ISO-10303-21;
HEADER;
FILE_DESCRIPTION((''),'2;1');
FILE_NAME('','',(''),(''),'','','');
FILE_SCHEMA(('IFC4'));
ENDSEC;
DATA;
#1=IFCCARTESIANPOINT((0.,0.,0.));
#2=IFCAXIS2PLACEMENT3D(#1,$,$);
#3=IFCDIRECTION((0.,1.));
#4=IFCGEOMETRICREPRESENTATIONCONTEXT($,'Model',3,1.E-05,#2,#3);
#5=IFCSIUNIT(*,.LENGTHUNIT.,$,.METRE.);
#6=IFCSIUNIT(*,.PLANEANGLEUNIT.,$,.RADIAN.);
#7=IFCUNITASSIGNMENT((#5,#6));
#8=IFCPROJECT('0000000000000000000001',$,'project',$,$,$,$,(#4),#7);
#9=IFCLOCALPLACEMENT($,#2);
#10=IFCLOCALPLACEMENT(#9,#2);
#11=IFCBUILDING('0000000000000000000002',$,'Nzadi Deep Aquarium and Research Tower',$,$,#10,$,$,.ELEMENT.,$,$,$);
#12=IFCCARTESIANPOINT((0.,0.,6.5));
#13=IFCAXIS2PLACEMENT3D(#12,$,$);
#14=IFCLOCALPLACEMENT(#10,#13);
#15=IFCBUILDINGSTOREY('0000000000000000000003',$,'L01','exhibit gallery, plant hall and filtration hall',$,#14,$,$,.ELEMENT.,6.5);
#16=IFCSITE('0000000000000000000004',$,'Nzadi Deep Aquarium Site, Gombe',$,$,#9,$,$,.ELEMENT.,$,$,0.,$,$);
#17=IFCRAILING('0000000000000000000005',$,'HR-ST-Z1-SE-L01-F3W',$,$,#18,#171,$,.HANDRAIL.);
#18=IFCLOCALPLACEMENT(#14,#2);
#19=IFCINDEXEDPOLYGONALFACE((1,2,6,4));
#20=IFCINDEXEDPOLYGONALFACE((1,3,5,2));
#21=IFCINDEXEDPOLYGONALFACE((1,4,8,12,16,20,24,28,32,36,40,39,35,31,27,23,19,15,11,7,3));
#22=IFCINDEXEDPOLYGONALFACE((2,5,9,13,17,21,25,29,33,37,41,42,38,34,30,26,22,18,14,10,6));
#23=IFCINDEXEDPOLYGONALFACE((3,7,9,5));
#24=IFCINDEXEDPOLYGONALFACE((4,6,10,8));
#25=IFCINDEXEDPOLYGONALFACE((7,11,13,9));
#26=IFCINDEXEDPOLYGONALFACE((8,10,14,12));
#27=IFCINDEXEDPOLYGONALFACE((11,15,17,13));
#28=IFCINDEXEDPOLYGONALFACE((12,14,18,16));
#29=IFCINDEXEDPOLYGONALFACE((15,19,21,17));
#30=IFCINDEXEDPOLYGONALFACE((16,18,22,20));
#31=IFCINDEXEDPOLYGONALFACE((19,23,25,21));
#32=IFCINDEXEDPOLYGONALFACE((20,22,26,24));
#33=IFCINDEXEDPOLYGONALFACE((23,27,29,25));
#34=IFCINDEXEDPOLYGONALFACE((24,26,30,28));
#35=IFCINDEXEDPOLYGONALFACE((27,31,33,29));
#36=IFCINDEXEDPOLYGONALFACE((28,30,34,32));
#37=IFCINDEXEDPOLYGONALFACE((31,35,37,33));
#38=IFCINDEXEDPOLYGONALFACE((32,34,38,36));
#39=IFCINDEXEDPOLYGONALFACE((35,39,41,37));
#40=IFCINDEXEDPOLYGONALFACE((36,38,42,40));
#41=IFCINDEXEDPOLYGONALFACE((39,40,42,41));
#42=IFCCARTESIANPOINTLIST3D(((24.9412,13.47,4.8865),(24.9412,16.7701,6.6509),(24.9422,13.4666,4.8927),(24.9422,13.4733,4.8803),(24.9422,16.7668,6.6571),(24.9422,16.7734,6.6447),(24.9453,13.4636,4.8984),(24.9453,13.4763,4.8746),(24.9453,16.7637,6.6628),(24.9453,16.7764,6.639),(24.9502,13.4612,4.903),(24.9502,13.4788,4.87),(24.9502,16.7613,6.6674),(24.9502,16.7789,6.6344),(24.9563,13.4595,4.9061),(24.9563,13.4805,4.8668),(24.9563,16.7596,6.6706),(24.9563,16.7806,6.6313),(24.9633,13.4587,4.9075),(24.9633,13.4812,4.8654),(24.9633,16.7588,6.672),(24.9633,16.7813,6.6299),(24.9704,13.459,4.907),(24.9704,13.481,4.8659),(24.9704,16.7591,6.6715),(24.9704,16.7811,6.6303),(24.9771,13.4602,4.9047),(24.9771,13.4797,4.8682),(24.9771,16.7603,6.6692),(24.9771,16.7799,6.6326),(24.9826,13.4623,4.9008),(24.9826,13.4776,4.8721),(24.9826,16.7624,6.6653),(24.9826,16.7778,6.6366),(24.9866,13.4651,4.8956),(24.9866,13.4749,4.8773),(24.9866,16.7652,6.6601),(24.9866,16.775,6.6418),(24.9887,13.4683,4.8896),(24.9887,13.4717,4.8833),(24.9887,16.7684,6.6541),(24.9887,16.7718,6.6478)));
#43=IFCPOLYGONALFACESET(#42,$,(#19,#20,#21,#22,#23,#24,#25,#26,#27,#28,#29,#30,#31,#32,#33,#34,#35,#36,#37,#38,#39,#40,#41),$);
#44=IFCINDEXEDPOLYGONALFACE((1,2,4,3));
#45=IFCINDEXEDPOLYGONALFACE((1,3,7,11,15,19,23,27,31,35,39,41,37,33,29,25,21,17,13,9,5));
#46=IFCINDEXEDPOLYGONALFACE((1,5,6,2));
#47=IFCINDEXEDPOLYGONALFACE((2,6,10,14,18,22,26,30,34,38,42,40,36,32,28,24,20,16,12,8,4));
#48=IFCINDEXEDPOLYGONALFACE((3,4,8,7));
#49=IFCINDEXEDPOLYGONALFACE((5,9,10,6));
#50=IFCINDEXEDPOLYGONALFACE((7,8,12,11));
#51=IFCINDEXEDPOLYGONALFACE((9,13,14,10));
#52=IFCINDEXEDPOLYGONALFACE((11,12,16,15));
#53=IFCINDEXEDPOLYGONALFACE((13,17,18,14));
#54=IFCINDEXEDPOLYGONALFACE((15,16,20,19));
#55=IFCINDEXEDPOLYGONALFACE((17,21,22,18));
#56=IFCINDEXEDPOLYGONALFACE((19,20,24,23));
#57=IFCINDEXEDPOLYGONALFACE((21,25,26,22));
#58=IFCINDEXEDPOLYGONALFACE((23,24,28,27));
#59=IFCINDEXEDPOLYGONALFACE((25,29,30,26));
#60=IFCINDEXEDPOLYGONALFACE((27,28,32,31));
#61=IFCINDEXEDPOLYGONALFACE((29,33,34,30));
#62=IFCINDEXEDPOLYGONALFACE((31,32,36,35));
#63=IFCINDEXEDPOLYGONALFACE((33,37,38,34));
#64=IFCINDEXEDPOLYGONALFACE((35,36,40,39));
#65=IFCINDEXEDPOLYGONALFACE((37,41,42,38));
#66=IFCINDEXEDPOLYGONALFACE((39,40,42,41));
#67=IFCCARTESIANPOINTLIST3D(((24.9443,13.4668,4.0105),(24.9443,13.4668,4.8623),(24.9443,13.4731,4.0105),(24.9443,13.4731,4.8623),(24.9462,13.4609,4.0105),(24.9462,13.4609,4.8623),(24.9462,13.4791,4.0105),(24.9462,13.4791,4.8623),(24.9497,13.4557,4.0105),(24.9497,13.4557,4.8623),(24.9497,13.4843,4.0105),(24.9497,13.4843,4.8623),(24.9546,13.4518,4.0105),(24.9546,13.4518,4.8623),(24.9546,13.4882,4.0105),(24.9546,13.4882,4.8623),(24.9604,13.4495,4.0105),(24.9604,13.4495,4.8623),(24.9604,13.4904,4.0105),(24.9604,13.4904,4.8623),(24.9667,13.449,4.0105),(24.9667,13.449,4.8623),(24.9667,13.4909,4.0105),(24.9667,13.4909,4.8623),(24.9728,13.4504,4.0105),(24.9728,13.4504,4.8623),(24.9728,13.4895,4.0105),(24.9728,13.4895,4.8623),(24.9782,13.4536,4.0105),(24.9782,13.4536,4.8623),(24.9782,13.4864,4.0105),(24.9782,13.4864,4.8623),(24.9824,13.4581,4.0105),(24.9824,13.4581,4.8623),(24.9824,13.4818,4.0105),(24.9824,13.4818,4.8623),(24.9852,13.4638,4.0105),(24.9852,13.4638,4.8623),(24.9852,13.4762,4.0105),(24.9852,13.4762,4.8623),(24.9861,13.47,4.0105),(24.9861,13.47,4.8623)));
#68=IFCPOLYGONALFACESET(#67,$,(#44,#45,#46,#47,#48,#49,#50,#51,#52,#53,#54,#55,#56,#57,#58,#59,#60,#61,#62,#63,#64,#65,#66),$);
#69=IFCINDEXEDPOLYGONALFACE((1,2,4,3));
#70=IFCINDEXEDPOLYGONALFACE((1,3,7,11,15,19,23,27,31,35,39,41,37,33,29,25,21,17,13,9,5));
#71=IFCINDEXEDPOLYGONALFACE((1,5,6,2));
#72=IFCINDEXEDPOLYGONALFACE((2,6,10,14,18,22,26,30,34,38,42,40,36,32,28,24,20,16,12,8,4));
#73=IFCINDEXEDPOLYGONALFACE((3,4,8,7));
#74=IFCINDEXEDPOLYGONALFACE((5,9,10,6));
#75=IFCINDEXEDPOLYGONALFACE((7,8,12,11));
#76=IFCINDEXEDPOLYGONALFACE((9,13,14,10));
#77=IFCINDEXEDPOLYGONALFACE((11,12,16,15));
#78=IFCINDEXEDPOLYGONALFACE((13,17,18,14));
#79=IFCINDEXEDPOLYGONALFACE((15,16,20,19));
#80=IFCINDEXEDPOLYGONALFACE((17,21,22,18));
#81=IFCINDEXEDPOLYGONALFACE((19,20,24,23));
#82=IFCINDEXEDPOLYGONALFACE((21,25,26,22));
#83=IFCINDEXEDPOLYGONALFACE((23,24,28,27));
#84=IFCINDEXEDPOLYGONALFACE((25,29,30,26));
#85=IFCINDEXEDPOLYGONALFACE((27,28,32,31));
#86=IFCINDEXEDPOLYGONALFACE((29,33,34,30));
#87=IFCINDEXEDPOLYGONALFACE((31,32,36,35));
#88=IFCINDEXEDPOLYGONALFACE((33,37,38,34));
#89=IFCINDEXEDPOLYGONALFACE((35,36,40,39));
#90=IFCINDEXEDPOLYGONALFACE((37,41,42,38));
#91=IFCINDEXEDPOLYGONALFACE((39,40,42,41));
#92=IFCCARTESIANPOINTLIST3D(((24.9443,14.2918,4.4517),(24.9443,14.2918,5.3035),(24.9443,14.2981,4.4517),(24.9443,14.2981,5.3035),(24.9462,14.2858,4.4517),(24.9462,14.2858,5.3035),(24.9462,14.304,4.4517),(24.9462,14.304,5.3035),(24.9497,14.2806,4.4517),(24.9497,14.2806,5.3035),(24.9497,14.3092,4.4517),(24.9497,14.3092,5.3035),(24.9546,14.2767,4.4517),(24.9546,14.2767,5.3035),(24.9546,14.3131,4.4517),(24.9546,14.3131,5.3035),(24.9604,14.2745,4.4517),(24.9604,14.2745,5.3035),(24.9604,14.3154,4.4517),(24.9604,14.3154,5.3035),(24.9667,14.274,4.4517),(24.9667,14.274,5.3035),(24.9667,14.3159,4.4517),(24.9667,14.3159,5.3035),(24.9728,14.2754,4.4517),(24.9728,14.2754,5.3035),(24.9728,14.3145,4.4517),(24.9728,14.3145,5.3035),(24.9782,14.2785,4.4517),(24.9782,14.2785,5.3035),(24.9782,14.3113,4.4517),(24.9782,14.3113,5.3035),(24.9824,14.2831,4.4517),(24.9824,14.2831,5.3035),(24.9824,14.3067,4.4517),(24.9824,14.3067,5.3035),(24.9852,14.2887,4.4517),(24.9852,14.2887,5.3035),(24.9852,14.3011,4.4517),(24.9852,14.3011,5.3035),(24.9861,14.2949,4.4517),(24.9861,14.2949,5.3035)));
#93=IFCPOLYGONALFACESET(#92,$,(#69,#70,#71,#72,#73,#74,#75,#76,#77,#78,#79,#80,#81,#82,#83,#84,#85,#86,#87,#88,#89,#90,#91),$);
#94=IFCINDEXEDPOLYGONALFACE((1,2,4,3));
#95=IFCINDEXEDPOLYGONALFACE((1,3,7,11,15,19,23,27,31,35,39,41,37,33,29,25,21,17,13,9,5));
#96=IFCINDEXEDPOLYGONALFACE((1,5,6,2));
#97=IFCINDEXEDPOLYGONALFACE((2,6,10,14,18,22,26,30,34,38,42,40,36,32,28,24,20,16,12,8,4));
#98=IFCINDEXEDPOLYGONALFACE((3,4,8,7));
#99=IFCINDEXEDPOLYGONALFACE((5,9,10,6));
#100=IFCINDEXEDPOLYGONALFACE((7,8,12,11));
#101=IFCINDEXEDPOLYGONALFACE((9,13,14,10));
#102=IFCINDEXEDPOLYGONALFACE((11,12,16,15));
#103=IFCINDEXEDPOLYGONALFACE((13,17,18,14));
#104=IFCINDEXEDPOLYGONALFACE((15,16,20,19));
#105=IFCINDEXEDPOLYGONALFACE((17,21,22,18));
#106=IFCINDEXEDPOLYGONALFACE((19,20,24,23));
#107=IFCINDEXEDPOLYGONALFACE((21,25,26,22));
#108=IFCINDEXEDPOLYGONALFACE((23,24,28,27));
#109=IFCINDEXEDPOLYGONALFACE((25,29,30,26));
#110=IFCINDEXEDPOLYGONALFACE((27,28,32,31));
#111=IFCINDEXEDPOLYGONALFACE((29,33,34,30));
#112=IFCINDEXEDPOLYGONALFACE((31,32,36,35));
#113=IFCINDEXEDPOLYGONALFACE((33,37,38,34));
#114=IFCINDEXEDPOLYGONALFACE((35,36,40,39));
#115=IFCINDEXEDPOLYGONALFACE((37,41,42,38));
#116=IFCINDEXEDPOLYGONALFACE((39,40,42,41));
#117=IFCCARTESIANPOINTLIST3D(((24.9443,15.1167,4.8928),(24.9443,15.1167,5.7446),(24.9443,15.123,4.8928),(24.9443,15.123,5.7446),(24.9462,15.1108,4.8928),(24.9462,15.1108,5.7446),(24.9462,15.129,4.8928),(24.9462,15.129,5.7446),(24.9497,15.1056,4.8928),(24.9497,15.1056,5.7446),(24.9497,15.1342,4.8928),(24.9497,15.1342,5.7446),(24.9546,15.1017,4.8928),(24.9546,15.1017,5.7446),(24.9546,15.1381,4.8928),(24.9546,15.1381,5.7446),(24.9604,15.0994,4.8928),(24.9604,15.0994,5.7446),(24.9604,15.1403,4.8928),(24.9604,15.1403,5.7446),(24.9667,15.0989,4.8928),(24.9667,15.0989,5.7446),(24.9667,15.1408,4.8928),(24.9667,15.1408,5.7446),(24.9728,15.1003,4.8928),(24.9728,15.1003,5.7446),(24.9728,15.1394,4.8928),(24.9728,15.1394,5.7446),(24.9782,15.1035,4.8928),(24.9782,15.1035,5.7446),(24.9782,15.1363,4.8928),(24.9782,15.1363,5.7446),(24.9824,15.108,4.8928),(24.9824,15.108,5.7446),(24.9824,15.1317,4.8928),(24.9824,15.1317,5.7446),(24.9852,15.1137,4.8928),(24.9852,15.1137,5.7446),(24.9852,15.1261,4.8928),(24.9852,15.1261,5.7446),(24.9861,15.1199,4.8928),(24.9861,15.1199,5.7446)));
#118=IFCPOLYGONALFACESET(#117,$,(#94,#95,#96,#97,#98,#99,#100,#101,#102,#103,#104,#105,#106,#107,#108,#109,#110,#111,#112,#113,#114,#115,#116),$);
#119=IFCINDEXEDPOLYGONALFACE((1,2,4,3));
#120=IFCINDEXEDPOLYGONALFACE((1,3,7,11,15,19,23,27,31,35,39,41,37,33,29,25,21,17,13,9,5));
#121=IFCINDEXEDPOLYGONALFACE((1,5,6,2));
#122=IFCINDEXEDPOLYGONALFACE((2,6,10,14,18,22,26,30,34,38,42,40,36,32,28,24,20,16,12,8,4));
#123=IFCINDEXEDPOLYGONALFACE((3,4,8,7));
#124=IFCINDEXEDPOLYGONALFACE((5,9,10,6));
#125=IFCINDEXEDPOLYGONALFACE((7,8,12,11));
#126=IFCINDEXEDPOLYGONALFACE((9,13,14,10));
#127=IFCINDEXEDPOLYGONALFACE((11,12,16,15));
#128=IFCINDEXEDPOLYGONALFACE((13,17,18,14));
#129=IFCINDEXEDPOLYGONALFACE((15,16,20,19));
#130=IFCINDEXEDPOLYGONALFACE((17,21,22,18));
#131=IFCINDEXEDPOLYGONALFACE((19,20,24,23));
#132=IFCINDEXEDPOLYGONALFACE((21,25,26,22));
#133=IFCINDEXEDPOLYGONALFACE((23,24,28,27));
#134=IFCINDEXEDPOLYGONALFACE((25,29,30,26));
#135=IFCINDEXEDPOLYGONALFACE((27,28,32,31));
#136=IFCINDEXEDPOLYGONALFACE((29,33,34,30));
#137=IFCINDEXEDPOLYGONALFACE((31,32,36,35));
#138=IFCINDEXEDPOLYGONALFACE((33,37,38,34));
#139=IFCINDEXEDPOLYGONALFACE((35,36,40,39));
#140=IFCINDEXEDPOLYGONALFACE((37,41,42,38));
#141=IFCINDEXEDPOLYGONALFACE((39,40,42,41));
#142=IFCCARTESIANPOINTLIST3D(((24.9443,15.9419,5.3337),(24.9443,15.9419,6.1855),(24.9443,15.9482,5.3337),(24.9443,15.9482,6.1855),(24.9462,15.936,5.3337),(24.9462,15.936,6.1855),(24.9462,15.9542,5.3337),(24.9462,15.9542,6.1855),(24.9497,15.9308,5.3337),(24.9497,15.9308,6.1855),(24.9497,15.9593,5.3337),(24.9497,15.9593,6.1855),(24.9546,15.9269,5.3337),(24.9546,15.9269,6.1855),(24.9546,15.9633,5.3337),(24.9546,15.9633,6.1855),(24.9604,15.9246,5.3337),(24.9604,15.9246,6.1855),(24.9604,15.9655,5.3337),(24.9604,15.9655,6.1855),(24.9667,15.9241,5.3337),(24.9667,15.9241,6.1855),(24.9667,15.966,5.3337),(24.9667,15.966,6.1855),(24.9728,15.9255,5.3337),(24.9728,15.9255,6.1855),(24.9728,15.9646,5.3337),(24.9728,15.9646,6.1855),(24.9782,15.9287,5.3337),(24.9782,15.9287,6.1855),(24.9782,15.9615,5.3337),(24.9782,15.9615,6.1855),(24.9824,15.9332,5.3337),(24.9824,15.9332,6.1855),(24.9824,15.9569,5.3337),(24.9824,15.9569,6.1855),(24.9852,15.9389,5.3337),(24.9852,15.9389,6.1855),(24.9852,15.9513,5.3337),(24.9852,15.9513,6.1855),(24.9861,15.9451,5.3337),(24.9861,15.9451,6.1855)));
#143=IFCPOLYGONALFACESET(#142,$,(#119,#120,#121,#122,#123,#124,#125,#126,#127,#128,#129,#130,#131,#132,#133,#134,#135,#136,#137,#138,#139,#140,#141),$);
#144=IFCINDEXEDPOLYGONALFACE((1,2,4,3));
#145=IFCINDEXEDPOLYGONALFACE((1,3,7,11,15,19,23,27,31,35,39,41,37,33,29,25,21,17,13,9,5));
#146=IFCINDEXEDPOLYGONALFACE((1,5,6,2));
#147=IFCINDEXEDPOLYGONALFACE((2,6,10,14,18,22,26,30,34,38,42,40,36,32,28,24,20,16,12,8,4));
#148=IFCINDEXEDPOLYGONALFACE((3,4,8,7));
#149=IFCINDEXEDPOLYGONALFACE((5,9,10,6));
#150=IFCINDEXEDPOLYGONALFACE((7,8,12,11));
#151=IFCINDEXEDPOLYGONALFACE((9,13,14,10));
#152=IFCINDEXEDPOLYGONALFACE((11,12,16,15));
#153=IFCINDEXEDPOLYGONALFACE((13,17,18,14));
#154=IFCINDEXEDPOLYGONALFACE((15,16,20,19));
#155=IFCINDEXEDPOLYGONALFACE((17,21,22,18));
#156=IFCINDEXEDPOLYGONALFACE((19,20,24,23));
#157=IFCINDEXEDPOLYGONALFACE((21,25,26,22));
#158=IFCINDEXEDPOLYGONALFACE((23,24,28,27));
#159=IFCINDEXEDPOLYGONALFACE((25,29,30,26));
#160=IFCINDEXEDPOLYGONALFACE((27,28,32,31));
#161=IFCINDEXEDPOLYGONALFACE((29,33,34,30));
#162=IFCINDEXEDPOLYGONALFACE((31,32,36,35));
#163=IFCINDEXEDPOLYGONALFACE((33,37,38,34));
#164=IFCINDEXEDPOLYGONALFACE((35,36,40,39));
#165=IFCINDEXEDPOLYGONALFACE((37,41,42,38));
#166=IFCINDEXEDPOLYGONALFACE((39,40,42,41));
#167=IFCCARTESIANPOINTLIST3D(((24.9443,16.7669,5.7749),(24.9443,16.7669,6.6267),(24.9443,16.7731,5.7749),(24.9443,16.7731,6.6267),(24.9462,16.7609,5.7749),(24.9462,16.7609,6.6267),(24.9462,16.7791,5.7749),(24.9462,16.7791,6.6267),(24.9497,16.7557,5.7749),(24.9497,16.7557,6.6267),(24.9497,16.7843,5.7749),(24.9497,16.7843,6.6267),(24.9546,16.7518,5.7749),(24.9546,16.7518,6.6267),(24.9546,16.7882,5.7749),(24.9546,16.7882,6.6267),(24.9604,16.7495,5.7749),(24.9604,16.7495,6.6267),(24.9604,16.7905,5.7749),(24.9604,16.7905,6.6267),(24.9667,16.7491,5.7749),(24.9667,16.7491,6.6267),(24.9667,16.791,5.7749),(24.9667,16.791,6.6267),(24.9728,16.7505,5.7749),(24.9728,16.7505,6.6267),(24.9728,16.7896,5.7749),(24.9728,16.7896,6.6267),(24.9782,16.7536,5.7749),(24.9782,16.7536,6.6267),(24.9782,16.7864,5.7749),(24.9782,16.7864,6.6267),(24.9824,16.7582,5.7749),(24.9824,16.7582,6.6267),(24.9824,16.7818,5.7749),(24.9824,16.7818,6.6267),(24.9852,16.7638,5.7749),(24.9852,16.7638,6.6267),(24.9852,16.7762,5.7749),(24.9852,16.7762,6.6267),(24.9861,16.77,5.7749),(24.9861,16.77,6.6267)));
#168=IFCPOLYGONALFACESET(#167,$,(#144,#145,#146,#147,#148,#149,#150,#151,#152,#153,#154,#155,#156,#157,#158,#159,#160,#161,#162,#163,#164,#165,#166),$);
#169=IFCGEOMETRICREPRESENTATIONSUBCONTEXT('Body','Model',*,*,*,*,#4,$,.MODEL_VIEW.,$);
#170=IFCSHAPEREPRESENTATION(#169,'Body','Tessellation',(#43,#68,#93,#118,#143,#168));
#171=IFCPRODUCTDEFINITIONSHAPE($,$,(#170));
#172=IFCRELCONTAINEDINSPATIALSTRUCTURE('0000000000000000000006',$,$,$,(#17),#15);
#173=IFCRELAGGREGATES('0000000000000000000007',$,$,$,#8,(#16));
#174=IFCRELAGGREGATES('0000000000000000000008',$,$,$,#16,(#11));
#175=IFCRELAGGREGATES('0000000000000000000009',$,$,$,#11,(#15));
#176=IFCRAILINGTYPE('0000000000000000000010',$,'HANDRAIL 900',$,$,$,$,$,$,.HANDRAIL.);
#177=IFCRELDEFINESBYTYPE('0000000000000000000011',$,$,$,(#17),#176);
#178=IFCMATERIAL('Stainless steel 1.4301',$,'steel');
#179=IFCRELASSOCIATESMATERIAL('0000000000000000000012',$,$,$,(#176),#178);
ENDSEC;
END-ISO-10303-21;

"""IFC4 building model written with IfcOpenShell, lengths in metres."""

from ifc_helpers import new_model, si_unit, direction, frame, origin, origin_2d, place, context, subcontext, project, spatial, circle, extrude, material, type_object, element, save


model = new_model("IFC4")

# Units and contexts
model_context = context("Model", 3, precision=1e-05, world=origin(), true_north=direction((0.0, 1.0)))
body_context = subcontext(model_context, "Body", "Model", "MODEL_VIEW")
ifc_project = project(units=[si_unit("LENGTHUNIT", "METRE"), si_unit("PLANEANGLEUNIT", "RADIAN")], contexts=[model_context])

# Site, building, storey
site_placement = place(None, origin())
site = spatial("IfcSite", under=ifc_project, at=site_placement, Name="Nzadi Deep Aquarium Site, Gombe", CompositionType="ELEMENT", RefElevation=0.0)
building_placement = place(site_placement, origin())
building = spatial("IfcBuilding", under=site, at=building_placement, Name="Nzadi Deep Aquarium and Research Tower", CompositionType="ELEMENT")
storey_placement = place(building_placement, frame((0.0, 0.0, 6.5)))
storey = spatial("IfcBuildingStorey", under=building, at=storey_placement, Name="L01", Description="exhibit gallery, plant hall and filtration hall", CompositionType="ELEMENT", Elevation=6.5)

# Railing
ifc_material_1 = material(Name="Stainless steel 1.4301", Category="steel")
railing_type = type_object("IfcRailingType", Name="HANDRAIL 900", PredefinedType="HANDRAIL", material=ifc_material_1)
railing_1_placement = place(storey_placement, frame((24.9651, 13.47, 4.0105)))
element("IfcRailing", 1, at=railing_1_placement, inside=storey, type_object=railing_type, Name="HR-ST-Z1-SE-L01-F3W", PredefinedType="HANDRAIL", context=body_context, shape_type="SweptSolid", body=[
    extrude(circle(Radius=0.0239, at=origin_2d()), frame((0.0, 0.0, 0.876), z_axis=(0.0, 0.881867, 0.471499), x_axis=(-1.0, 0.0, 0.0)), (0.0, 0.0, 1.0), 3.7422),
    extrude(circle(Radius=0.021, at=origin_2d()), origin(), (0.0, 0.0, 1.0), 0.8518),
    extrude(circle(Radius=0.021, at=origin_2d()), frame((0.0, 0.825, 0.4412)), (0.0, 0.0, 1.0), 0.8518),
    extrude(circle(Radius=0.021, at=origin_2d()), frame((0.0, 1.6499, 0.8823)), (0.0, 0.0, 1.0), 0.8518),
    extrude(circle(Radius=0.021, at=origin_2d()), frame((0.0, 2.4751, 1.3232)), (0.0, 0.0, 1.0), 0.8518),
    extrude(circle(Radius=0.021, at=origin_2d()), frame((0.0, 3.3, 1.7644)), (0.0, 0.0, 1.0), 0.8518),
])

save(model, "model.ifc")
